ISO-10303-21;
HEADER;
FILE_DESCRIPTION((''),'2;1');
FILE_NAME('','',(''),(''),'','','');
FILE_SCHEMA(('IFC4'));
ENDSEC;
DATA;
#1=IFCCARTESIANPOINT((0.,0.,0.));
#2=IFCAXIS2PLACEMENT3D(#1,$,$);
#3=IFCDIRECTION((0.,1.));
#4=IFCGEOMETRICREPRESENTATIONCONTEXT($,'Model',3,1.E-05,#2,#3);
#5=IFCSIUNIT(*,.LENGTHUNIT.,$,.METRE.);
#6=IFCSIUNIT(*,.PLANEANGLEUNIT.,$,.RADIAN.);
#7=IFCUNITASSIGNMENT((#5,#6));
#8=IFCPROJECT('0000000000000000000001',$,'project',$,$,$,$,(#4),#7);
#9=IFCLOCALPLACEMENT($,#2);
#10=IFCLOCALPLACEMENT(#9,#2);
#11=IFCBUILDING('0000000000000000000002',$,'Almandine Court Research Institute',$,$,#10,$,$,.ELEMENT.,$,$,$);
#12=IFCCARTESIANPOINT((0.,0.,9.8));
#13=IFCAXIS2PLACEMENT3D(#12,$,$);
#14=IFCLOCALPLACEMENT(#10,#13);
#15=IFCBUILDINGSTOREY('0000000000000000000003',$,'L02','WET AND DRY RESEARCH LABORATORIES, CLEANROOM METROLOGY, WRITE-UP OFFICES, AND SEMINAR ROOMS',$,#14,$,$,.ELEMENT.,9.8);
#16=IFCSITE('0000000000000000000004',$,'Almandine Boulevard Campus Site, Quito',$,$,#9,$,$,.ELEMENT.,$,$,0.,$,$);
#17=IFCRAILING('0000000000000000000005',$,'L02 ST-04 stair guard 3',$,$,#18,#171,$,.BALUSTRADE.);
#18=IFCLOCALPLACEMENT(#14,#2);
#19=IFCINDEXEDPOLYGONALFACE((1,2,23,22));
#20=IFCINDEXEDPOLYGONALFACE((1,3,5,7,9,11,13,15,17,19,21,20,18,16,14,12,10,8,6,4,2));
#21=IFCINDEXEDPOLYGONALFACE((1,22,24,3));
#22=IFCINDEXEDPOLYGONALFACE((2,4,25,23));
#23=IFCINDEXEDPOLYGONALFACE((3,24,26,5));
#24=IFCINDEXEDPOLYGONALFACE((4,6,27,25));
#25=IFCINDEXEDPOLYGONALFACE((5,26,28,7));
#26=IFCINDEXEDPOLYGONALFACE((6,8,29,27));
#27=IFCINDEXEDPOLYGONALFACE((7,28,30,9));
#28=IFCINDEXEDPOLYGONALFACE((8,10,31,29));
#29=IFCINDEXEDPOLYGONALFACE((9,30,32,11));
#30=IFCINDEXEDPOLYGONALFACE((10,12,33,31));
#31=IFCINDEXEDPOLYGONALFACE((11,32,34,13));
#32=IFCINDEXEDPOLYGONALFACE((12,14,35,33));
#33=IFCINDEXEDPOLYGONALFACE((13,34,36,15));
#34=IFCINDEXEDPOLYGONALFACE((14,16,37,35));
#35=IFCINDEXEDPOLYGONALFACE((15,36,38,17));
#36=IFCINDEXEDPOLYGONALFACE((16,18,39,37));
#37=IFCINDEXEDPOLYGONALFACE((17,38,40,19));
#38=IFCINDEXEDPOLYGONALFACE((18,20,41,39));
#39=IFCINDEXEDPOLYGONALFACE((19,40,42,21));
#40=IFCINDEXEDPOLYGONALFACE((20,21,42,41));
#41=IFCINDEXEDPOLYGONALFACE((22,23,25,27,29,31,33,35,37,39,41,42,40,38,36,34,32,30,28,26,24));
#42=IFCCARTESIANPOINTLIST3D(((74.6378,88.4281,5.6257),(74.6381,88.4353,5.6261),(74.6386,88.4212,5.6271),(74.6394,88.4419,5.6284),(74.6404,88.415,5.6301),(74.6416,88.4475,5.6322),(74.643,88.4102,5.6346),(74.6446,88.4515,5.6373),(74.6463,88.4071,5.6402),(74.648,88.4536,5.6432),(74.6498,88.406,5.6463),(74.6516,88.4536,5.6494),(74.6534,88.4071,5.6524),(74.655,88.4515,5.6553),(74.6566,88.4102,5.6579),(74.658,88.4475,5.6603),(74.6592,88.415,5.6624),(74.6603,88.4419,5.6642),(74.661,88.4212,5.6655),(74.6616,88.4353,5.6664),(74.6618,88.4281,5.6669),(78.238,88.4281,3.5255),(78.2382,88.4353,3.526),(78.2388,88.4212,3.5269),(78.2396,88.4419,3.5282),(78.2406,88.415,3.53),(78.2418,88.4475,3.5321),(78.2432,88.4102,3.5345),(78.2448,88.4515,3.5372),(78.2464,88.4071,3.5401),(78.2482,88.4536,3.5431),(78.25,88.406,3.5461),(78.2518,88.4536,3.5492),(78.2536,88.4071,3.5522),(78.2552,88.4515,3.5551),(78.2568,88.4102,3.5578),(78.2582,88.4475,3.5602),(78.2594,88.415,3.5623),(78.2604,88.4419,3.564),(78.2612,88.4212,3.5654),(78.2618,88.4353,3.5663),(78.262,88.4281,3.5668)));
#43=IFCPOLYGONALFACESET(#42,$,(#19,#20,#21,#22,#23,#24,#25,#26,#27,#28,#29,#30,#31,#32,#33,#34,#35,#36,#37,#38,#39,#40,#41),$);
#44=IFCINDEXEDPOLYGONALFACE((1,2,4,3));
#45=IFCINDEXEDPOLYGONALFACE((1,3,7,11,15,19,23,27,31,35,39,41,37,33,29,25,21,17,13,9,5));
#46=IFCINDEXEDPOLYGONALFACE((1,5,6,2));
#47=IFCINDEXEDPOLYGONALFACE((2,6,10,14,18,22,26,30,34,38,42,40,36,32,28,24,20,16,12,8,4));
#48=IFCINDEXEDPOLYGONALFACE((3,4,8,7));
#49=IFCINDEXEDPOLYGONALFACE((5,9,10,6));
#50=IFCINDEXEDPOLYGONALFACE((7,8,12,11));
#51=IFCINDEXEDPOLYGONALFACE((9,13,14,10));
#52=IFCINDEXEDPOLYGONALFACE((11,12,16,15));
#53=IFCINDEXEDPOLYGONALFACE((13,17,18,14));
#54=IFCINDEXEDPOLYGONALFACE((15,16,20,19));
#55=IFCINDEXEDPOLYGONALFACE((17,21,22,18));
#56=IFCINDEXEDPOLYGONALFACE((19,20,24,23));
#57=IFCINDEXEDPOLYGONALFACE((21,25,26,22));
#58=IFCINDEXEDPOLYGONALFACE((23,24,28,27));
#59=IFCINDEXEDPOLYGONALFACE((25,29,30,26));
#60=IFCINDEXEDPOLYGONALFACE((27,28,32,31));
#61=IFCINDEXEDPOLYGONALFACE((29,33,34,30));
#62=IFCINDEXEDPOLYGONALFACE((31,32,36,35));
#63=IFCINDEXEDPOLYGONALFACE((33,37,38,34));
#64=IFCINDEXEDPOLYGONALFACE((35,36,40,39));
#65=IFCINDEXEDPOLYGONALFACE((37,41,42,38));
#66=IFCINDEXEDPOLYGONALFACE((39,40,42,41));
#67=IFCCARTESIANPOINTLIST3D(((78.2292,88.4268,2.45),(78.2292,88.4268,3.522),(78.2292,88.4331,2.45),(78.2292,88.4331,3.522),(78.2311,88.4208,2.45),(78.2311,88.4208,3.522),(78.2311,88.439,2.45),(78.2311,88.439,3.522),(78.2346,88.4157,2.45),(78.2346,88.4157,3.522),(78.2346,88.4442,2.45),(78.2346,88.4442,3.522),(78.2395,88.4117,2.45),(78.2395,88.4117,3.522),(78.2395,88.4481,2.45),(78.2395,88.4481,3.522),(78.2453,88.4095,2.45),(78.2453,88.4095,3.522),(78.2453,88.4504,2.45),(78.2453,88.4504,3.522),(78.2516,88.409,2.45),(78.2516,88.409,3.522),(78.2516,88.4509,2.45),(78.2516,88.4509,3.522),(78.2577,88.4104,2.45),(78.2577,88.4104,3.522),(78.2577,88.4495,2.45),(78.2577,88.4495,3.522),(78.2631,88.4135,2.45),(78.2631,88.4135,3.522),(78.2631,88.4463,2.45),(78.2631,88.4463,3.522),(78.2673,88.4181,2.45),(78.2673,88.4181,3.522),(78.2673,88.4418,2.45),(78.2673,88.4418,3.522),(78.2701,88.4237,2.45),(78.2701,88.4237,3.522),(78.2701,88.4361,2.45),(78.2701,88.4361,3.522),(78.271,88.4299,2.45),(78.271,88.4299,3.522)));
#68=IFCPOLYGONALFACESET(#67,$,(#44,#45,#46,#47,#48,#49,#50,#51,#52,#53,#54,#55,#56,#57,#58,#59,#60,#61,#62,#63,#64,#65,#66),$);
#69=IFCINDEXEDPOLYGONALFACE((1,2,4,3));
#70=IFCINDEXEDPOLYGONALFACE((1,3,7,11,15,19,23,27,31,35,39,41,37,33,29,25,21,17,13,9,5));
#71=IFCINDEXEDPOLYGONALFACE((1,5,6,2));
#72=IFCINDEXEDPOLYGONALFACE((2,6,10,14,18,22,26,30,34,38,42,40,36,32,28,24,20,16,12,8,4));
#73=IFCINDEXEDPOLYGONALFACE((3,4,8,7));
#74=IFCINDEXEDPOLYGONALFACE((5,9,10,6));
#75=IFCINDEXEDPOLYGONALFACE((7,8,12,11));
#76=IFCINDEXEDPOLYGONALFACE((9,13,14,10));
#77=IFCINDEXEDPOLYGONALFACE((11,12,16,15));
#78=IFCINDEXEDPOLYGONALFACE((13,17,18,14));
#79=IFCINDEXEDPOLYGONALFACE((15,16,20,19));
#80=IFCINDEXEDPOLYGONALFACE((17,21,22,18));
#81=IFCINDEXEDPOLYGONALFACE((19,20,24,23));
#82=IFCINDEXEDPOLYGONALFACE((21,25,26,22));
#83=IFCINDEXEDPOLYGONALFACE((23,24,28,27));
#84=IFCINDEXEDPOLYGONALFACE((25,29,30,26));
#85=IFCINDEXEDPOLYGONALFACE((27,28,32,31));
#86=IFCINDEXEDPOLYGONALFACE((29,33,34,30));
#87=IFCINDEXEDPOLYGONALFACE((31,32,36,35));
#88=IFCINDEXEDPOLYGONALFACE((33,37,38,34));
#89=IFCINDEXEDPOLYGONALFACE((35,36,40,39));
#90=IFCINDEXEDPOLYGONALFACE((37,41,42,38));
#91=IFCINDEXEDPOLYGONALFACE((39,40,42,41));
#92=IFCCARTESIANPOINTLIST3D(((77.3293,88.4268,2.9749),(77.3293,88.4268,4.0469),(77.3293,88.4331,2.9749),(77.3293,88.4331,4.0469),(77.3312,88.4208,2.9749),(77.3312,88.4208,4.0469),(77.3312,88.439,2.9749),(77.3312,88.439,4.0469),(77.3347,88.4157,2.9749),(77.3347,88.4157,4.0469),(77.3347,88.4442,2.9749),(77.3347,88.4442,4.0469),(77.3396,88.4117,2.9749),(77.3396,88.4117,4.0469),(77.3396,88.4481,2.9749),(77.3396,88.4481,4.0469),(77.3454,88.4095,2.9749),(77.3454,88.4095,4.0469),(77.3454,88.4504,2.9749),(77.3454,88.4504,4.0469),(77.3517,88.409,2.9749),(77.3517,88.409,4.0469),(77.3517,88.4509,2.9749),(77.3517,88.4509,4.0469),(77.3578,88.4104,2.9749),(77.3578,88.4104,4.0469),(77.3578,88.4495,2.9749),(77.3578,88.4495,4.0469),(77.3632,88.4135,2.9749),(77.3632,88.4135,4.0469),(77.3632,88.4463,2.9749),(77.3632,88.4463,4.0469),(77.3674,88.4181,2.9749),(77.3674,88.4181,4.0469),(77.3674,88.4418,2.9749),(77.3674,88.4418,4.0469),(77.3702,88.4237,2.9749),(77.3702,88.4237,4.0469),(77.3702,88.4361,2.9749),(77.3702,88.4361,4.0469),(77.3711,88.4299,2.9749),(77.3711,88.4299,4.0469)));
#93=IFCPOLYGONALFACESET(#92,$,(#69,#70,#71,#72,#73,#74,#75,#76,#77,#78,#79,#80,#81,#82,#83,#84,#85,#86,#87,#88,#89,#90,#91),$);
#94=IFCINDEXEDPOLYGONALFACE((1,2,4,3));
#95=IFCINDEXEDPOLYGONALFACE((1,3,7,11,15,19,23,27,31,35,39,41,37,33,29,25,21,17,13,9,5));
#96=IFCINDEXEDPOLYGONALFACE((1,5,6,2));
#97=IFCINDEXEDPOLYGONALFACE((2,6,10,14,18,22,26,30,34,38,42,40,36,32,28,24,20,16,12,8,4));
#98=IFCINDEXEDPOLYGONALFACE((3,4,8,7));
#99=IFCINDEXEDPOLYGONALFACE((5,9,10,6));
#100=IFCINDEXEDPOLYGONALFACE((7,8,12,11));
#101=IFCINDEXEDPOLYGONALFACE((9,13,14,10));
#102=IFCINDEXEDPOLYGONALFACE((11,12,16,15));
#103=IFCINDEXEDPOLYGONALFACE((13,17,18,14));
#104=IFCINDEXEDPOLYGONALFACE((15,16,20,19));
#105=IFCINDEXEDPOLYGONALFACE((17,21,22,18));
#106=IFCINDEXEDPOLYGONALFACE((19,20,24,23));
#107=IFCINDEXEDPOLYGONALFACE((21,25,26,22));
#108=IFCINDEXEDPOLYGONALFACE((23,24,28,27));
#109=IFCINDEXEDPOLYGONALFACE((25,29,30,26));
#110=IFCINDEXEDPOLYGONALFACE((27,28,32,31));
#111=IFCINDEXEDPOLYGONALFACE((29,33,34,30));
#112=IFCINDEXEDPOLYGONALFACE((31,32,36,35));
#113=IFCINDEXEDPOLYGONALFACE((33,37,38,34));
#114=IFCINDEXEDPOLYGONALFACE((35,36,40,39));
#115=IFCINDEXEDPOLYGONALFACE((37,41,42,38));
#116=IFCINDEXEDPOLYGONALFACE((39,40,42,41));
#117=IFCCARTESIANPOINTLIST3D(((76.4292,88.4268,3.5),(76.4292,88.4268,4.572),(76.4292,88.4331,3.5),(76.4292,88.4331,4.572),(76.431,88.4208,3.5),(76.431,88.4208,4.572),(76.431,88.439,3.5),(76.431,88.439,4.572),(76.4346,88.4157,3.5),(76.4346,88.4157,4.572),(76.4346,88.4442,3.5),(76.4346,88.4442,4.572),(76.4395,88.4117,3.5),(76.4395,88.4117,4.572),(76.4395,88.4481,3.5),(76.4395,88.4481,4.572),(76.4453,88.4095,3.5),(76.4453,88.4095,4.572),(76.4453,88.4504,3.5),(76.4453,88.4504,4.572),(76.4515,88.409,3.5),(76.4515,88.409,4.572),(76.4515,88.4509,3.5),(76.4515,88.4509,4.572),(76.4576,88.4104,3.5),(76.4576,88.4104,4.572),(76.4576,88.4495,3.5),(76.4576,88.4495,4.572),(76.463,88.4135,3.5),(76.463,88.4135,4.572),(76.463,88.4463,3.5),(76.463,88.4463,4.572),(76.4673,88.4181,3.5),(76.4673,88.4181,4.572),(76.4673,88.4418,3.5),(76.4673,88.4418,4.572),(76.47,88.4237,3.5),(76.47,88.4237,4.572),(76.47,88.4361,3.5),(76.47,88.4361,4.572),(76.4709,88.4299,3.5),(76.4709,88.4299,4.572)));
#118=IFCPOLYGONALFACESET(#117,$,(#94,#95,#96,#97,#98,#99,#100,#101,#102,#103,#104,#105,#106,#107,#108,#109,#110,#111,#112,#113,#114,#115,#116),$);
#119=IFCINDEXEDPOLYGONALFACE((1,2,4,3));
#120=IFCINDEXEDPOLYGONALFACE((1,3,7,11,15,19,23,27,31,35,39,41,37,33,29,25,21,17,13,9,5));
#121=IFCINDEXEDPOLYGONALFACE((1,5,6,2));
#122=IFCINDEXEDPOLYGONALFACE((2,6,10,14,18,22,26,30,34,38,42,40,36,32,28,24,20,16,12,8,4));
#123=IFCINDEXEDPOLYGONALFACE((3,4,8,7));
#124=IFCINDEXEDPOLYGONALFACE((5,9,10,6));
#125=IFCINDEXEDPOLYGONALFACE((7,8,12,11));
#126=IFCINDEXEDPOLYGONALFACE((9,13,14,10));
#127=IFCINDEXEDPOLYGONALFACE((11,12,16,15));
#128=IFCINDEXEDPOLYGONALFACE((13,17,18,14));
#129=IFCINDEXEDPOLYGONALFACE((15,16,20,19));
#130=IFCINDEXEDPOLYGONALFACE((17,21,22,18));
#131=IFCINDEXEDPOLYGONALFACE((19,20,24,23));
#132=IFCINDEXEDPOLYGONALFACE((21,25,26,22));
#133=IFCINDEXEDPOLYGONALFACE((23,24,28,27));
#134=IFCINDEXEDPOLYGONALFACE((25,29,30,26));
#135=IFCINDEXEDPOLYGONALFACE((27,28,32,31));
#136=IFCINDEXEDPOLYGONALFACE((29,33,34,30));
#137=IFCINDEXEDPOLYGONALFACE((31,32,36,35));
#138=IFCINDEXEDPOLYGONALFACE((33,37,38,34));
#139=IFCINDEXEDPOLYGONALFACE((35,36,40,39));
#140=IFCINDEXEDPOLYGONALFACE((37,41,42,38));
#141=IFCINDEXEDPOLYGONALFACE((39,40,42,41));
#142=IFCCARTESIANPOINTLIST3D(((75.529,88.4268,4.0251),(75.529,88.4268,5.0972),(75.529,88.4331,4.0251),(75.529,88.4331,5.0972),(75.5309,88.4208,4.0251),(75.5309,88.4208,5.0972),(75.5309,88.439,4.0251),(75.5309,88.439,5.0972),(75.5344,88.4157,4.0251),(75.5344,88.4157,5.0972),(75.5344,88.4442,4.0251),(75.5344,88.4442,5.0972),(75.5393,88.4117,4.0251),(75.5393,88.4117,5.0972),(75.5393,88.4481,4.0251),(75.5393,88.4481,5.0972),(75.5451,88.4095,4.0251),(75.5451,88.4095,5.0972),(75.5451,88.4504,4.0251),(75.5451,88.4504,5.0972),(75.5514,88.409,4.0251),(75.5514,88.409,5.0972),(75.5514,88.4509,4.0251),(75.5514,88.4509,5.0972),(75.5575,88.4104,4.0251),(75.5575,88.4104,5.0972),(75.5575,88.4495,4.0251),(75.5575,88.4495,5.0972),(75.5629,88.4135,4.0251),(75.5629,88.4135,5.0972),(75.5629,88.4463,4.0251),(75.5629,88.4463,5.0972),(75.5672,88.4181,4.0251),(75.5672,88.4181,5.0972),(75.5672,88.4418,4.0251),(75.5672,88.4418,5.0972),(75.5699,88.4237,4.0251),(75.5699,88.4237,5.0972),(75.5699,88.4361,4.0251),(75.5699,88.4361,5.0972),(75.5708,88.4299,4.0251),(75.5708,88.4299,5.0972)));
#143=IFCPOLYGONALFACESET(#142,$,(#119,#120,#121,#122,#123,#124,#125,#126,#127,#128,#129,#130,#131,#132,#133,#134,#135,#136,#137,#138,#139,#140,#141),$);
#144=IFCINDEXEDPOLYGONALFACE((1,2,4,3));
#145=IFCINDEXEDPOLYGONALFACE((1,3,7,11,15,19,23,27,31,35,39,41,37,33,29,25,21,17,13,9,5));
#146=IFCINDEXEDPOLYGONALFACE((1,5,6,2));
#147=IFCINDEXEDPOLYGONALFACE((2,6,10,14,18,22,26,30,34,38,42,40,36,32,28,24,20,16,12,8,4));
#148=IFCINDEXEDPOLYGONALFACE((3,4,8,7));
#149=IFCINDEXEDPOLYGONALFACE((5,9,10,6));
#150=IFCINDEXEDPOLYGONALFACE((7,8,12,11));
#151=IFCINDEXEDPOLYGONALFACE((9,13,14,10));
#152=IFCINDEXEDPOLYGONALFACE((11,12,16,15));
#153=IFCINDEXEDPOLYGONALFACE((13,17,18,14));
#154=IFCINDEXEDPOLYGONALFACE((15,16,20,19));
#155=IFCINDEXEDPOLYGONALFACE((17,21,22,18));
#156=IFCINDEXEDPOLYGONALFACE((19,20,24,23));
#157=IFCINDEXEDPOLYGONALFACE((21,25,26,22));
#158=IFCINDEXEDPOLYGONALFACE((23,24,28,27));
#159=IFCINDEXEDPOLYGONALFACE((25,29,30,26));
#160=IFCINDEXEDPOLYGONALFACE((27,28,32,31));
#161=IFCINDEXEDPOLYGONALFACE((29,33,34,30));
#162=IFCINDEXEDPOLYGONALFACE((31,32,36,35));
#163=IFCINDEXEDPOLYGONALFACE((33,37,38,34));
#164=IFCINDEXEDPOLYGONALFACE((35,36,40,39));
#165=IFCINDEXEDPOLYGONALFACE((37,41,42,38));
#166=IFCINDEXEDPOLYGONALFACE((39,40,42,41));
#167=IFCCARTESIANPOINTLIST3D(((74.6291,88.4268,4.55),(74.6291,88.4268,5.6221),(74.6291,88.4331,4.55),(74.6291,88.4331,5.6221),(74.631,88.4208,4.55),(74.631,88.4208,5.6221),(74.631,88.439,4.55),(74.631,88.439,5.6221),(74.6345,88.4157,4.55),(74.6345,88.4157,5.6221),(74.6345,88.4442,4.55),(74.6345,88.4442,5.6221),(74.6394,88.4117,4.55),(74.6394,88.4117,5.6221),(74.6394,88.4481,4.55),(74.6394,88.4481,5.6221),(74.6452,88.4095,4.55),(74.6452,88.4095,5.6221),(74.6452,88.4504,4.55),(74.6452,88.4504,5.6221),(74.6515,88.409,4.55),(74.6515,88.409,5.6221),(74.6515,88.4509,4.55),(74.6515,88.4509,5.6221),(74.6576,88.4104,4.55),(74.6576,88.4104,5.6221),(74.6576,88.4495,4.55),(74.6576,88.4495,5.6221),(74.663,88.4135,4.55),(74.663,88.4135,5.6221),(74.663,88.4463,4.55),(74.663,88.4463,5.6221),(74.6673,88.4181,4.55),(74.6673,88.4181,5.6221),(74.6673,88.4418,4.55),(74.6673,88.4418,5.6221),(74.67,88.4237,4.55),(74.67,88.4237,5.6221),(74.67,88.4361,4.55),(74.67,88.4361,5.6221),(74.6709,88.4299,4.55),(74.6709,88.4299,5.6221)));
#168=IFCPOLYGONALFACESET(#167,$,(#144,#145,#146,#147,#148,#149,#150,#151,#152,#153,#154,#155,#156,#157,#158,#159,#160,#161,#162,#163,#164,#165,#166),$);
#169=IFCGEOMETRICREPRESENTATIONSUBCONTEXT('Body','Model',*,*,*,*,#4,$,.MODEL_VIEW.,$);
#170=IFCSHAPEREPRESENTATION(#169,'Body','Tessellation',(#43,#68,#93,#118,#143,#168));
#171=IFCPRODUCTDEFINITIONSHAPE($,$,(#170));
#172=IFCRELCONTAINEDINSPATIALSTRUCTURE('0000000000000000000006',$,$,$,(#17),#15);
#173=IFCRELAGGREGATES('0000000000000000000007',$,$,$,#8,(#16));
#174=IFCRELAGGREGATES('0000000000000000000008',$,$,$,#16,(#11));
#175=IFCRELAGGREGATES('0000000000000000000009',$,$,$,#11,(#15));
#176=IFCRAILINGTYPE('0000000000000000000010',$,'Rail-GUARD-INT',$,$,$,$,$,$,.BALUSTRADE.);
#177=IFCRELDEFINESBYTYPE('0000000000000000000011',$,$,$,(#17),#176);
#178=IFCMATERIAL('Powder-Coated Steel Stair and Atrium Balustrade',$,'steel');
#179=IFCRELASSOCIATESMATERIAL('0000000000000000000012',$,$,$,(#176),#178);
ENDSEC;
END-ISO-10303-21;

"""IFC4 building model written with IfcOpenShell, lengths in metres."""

from ifc_helpers import new_model, si_unit, direction, frame, origin, origin_2d, place, context, subcontext, project, spatial, circle, extrude, material, type_object, element, save


model = new_model("IFC4")

# Units and contexts
model_context = context("Model", 3, precision=1e-05, world=origin(), true_north=direction((0.0, 1.0)))
body_context = subcontext(model_context, "Body", "Model", "MODEL_VIEW")
ifc_project = project(units=[si_unit("LENGTHUNIT", "METRE"), si_unit("PLANEANGLEUNIT", "RADIAN")], contexts=[model_context])

# Site, building, storey
site_placement = place(None, origin())
site = spatial("IfcSite", under=ifc_project, at=site_placement, Name="Almandine Boulevard Campus Site, Quito", CompositionType="ELEMENT", RefElevation=0.0)
building_placement = place(site_placement, origin())
building = spatial("IfcBuilding", under=site, at=building_placement, Name="Almandine Court Research Institute", CompositionType="ELEMENT")
storey_placement = place(building_placement, frame((0.0, 0.0, 9.8)))
storey = spatial("IfcBuildingStorey", under=building, at=storey_placement, Name="L02", Description="WET AND DRY RESEARCH LABORATORIES, CLEANROOM METROLOGY, WRITE-UP OFFICES, AND SEMINAR ROOMS", CompositionType="ELEMENT", Elevation=9.8)

# Railing
ifc_material_1 = material(Name="Powder-Coated Steel Stair and Atrium Balustrade", Category="steel")
railing_type_1 = type_object("IfcRailingType", Name="Rail-GUARD-INT", PredefinedType="BALUSTRADE", material=ifc_material_1)
railing_1_placement = place(storey_placement, frame((78.25, 88.4299, 2.45)))
element("IfcRailing", 1, at=railing_1_placement, inside=storey, type_object=railing_type_1, Name="L02 ST-04 stair guard 3", PredefinedType="BALUSTRADE", context=body_context, shape_type="SweptSolid", body=[
    extrude(circle(Radius=0.0239, at=origin_2d()), frame((0.0, 0.0, 1.0962), z_axis=(-0.863775, 0.0, 0.503878), x_axis=(0.0, -1.0, 0.0)), (0.0, 0.0, 1.0), 4.168),
    extrude(circle(Radius=0.021, at=origin_2d()), origin(), (0.0, 0.0, 1.0), 1.072),
    extrude(circle(Radius=0.021, at=origin_2d()), frame((-0.8999, 0.0, 0.5249)), (0.0, 0.0, 1.0), 1.072),
    extrude(circle(Radius=0.021, at=origin_2d()), frame((-1.8, 0.0, 1.05)), (0.0, 0.0, 1.0), 1.072),
    extrude(circle(Radius=0.021, at=origin_2d()), frame((-2.7002, 0.0, 1.5752)), (0.0, 0.0, 1.0), 1.072),
    extrude(circle(Radius=0.021, at=origin_2d()), frame((-3.6001, 0.0, 2.1001)), (0.0, 0.0, 1.0), 1.072),
])

save(model, "model.ifc")
